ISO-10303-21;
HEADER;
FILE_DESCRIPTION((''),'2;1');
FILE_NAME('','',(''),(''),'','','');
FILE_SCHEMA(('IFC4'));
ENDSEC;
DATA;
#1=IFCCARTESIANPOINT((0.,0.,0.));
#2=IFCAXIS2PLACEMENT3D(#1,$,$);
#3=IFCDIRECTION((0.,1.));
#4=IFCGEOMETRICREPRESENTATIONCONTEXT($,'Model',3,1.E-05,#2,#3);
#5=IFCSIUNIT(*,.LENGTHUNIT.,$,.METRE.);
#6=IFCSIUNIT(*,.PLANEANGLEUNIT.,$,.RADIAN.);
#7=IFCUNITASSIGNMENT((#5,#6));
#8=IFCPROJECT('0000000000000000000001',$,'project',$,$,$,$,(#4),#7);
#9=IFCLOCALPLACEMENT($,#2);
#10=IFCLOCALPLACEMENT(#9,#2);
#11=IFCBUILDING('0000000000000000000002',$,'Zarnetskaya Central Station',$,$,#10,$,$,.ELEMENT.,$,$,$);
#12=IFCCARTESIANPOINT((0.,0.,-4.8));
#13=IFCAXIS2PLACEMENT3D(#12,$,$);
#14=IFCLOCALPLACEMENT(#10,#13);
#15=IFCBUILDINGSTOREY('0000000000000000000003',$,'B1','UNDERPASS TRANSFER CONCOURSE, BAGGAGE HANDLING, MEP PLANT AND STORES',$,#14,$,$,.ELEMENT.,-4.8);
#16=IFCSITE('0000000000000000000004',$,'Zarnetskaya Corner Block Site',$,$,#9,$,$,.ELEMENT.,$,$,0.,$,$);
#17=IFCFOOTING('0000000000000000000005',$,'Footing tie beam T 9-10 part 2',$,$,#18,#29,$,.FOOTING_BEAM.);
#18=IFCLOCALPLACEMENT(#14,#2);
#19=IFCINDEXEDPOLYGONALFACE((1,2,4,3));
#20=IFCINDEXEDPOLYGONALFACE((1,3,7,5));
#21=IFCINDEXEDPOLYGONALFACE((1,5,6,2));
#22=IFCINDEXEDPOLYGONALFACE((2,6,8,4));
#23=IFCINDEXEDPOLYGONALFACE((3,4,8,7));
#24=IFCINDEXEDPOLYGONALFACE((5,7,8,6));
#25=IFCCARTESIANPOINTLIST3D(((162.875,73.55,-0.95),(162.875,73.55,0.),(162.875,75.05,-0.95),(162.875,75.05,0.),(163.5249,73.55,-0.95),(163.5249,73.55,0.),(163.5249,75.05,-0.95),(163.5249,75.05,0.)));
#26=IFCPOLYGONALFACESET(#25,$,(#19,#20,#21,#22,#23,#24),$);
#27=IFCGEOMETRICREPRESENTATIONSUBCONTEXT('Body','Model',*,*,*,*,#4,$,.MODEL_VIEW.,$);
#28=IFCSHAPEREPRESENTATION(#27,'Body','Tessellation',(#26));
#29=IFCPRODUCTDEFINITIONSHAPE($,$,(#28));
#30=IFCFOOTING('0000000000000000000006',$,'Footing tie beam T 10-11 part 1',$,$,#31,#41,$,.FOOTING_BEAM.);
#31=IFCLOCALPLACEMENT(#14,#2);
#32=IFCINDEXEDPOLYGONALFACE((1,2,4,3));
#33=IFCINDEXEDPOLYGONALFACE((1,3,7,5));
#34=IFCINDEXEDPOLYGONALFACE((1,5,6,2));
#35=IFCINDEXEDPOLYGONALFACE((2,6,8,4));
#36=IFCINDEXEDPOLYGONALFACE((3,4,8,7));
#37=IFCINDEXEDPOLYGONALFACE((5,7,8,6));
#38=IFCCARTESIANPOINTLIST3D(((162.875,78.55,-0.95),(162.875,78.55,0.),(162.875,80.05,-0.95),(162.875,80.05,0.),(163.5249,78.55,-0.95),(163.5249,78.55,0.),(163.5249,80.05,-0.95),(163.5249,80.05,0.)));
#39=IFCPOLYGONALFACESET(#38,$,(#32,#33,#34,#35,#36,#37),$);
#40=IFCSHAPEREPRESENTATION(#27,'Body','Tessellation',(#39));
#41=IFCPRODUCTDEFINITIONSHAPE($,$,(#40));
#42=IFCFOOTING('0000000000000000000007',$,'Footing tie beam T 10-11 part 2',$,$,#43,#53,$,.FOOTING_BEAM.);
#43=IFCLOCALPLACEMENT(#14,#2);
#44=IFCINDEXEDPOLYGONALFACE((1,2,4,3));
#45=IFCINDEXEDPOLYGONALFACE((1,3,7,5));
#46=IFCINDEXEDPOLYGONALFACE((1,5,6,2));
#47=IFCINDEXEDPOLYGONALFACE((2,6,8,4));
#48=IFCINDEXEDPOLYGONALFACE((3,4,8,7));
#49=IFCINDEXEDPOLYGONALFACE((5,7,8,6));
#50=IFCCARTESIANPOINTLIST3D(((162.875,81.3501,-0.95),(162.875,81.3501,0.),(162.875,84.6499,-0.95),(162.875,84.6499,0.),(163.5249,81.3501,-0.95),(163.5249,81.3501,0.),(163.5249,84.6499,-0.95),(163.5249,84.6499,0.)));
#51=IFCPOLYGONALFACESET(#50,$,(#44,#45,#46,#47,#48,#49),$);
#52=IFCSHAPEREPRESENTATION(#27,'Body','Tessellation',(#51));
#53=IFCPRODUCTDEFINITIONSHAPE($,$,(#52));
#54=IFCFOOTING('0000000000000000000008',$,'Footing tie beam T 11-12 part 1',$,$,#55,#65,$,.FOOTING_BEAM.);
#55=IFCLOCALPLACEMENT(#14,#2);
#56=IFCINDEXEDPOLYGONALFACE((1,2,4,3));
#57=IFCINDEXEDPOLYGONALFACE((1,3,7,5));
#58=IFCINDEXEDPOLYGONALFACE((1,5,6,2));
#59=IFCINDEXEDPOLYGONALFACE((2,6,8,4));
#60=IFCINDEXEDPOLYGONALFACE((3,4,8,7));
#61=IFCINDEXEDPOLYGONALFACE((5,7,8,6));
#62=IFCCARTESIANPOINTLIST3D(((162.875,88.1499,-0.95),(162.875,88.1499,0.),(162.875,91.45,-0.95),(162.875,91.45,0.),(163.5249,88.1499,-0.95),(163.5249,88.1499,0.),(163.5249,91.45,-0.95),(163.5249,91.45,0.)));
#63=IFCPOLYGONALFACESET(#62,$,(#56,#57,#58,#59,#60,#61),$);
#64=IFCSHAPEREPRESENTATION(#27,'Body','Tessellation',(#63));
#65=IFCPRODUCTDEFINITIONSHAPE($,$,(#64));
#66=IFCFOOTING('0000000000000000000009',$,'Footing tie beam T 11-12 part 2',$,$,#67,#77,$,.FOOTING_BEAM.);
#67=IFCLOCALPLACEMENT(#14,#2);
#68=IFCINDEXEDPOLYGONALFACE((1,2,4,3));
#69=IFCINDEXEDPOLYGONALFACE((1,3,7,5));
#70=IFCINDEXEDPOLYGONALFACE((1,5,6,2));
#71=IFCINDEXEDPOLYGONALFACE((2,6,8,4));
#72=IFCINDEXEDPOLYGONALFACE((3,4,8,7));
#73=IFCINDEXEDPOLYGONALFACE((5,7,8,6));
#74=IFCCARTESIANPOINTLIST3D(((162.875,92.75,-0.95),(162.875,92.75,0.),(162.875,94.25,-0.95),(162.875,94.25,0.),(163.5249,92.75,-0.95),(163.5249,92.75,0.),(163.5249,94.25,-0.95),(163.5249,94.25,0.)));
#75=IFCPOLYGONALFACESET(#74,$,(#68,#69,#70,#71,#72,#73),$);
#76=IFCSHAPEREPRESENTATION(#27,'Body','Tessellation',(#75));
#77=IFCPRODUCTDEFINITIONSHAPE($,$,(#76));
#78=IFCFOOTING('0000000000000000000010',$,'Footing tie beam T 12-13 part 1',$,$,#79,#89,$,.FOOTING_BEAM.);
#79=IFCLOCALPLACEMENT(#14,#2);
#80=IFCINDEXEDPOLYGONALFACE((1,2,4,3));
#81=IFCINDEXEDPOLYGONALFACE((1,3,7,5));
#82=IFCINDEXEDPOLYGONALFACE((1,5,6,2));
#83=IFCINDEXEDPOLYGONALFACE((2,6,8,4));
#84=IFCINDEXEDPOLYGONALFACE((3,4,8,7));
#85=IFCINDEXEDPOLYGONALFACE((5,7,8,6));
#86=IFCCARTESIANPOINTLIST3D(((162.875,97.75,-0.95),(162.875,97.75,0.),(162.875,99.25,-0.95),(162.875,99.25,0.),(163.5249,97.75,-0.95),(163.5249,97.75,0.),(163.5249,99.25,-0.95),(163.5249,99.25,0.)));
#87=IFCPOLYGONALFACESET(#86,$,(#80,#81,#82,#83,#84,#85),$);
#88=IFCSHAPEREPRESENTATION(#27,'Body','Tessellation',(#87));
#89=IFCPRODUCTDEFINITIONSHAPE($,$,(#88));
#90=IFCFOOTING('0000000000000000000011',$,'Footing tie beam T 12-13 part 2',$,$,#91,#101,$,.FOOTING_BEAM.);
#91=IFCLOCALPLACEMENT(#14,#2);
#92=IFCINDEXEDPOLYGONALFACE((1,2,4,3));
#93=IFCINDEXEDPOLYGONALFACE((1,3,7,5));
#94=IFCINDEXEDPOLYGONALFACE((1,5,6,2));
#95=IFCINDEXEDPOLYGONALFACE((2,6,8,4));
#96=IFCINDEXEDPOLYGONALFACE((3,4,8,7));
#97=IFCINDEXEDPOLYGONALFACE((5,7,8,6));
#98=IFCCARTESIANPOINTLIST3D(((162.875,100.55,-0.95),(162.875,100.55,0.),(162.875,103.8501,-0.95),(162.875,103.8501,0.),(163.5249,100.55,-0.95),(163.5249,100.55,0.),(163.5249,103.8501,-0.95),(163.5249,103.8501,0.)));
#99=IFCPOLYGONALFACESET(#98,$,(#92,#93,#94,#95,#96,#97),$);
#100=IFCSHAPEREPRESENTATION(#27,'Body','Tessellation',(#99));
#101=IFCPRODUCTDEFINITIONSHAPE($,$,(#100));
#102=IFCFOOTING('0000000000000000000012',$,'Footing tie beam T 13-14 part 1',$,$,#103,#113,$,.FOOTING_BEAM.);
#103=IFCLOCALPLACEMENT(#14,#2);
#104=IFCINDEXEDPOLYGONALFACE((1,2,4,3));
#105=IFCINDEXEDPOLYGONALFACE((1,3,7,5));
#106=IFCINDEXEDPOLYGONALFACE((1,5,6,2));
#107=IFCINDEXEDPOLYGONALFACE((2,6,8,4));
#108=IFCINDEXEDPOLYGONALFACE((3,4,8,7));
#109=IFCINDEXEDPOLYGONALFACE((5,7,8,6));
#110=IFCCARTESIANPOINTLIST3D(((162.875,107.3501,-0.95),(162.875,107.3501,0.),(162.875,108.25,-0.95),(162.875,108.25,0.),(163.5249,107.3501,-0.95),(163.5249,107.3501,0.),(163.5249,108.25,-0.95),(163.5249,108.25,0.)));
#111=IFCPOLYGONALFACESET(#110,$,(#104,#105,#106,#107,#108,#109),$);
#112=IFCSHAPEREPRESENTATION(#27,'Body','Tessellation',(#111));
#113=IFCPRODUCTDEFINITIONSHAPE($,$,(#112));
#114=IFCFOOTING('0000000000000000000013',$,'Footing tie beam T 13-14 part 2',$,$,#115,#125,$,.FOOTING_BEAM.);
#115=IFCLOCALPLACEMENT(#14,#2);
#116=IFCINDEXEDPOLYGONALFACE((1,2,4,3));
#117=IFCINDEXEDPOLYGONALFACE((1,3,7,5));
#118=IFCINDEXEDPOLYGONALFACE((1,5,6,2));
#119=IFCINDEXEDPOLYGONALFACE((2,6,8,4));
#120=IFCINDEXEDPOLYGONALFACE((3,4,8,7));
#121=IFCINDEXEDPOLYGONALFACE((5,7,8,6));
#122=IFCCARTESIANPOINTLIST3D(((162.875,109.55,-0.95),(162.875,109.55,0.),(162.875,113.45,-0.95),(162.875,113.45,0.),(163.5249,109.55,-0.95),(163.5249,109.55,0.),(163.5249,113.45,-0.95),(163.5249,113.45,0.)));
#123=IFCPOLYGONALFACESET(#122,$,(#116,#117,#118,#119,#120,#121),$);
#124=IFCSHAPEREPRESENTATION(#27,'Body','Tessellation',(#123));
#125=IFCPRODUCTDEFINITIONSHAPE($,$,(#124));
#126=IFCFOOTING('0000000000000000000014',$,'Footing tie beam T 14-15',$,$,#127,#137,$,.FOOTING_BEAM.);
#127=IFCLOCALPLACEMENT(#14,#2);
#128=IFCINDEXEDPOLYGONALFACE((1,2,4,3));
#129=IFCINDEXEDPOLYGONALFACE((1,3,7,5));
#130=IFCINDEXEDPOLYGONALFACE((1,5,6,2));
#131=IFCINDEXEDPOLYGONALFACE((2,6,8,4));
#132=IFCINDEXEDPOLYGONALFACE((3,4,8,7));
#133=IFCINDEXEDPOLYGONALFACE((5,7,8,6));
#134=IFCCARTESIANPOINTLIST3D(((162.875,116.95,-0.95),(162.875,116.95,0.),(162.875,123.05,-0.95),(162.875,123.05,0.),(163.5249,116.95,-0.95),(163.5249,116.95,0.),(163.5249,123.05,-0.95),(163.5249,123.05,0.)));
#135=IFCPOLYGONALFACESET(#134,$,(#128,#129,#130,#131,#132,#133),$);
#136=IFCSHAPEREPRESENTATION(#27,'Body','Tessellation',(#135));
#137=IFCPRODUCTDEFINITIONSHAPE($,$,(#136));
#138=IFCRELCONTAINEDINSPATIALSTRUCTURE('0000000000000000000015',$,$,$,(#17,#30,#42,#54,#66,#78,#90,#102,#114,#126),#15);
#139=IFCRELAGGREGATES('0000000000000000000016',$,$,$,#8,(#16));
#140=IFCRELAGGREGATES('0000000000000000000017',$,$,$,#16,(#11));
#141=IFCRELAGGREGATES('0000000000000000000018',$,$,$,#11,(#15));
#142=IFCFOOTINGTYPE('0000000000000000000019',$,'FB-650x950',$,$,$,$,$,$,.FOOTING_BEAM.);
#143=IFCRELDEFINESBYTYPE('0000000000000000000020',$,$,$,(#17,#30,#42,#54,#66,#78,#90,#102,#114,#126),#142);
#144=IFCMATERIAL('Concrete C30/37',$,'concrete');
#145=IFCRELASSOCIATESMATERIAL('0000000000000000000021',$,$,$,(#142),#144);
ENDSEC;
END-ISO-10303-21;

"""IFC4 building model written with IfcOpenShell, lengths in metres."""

from ifc_helpers import new_model, si_unit, direction, frame, origin, place, context, subcontext, project, spatial, polyline, outline, extrude, material, type_object, element, save


model = new_model("IFC4")

# Units and contexts
model_context = context("Model", 3, precision=1e-05, world=origin(), true_north=direction((0.0, 1.0)))
body_context = subcontext(model_context, "Body", "Model", "MODEL_VIEW")
ifc_project = project(units=[si_unit("LENGTHUNIT", "METRE"), si_unit("PLANEANGLEUNIT", "RADIAN")], contexts=[model_context])

# Site, building, storey
site_placement = place(None, origin())
site = spatial("IfcSite", under=ifc_project, at=site_placement, Name="Zarnetskaya Corner Block Site", CompositionType="ELEMENT", RefElevation=0.0)
building_placement = place(site_placement, origin())
building = spatial("IfcBuilding", under=site, at=building_placement, Name="Zarnetskaya Central Station", CompositionType="ELEMENT")
storey_placement = place(building_placement, frame((0.0, 0.0, -4.8)))
storey = spatial("IfcBuildingStorey", under=building, at=storey_placement, Name="B1", Description="UNDERPASS TRANSFER CONCOURSE, BAGGAGE HANDLING, MEP PLANT AND STORES", CompositionType="ELEMENT", Elevation=-4.8)

# Footings
ifc_material = material(Name="Concrete C30/37", Category="concrete")
footing_type_1 = type_object("IfcFootingType", Name="FB-650x950", PredefinedType="FOOTING_BEAM", material=ifc_material)
footing_1_placement = place(storey_placement, frame((0.0, 0.0, -0.95)))
element("IfcFooting", 1, at=footing_1_placement, inside=storey, type_object=footing_type_1, Name="Footing tie beam T 9-10 part 2", PredefinedType="FOOTING_BEAM", context=body_context, shape_type="SweptSolid", body=[
    extrude(outline(polyline([(162.875, 73.55), (163.5249, 73.55), (163.5249, 75.05), (162.875, 75.05), (162.875, 73.55)])), origin(), (0.0, 0.0, 1.0), 0.95),
])
footing_2_placement = place(storey_placement, frame((0.0, 0.0, -0.95)))
element("IfcFooting", 2, at=footing_2_placement, inside=storey, type_object=footing_type_1, Name="Footing tie beam T 10-11 part 1", PredefinedType="FOOTING_BEAM", context=body_context, shape_type="SweptSolid", body=[
    extrude(outline(polyline([(162.875, 78.55), (163.5249, 78.55), (163.5249, 80.05), (162.875, 80.05), (162.875, 78.55)])), origin(), (0.0, 0.0, 1.0), 0.95),
])
footing_3_placement = place(storey_placement, frame((0.0, 0.0, -0.95)))
element("IfcFooting", 3, at=footing_3_placement, inside=storey, type_object=footing_type_1, Name="Footing tie beam T 10-11 part 2", PredefinedType="FOOTING_BEAM", context=body_context, shape_type="SweptSolid", body=[
    extrude(outline(polyline([(162.875, 81.3501), (163.5249, 81.3501), (163.5249, 84.6499), (162.875, 84.6499), (162.875, 81.3501)])), origin(), (0.0, 0.0, 1.0), 0.95),
])
footing_4_placement = place(storey_placement, frame((0.0, 0.0, -0.95)))
element("IfcFooting", 4, at=footing_4_placement, inside=storey, type_object=footing_type_1, Name="Footing tie beam T 11-12 part 1", PredefinedType="FOOTING_BEAM", context=body_context, shape_type="SweptSolid", body=[
    extrude(outline(polyline([(162.875, 88.1499), (163.5249, 88.1499), (163.5249, 91.45), (162.875, 91.45), (162.875, 88.1499)])), origin(), (0.0, 0.0, 1.0), 0.95),
])
footing_5_placement = place(storey_placement, frame((0.0, 0.0, -0.95)))
element("IfcFooting", 5, at=footing_5_placement, inside=storey, type_object=footing_type_1, Name="Footing tie beam T 11-12 part 2", PredefinedType="FOOTING_BEAM", context=body_context, shape_type="SweptSolid", body=[
    extrude(outline(polyline([(162.875, 92.75), (163.5249, 92.75), (163.5249, 94.25), (162.875, 94.25), (162.875, 92.75)])), origin(), (0.0, 0.0, 1.0), 0.95),
])
footing_6_placement = place(storey_placement, frame((0.0, 0.0, -0.95)))
element("IfcFooting", 6, at=footing_6_placement, inside=storey, type_object=footing_type_1, Name="Footing tie beam T 12-13 part 1", PredefinedType="FOOTING_BEAM", context=body_context, shape_type="SweptSolid", body=[
    extrude(outline(polyline([(162.875, 97.75), (163.5249, 97.75), (163.5249, 99.25), (162.875, 99.25), (162.875, 97.75)])), origin(), (0.0, 0.0, 1.0), 0.95),
])
footing_7_placement = place(storey_placement, frame((0.0, 0.0, -0.95)))
element("IfcFooting", 7, at=footing_7_placement, inside=storey, type_object=footing_type_1, Name="Footing tie beam T 12-13 part 2", PredefinedType="FOOTING_BEAM", context=body_context, shape_type="SweptSolid", body=[
    extrude(outline(polyline([(162.875, 100.55), (163.5249, 100.55), (163.5249, 103.8501), (162.875, 103.8501), (162.875, 100.55)])), origin(), (0.0, 0.0, 1.0), 0.95),
])
footing_8_placement = place(storey_placement, frame((0.0, 0.0, -0.95)))
element("IfcFooting", 8, at=footing_8_placement, inside=storey, type_object=footing_type_1, Name="Footing tie beam T 13-14 part 1", PredefinedType="FOOTING_BEAM", context=body_context, shape_type="SweptSolid", body=[
    extrude(outline(polyline([(162.875, 107.3501), (163.5249, 107.3501), (163.5249, 108.25), (162.875, 108.25), (162.875, 107.3501)])), origin(), (0.0, 0.0, 1.0), 0.95),
])
footing_9_placement = place(storey_placement, frame((0.0, 0.0, -0.95)))
element("IfcFooting", 9, at=footing_9_placement, inside=storey, type_object=footing_type_1, Name="Footing tie beam T 13-14 part 2", PredefinedType="FOOTING_BEAM", context=body_context, shape_type="SweptSolid", body=[
    extrude(outline(polyline([(162.875, 109.55), (163.5249, 109.55), (163.5249, 113.45), (162.875, 113.45), (162.875, 109.55)])), origin(), (0.0, 0.0, 1.0), 0.95),
])
footing_10_placement = place(storey_placement, frame((0.0, 0.0, -0.95)))
element("IfcFooting", 10, at=footing_10_placement, inside=storey, type_object=footing_type_1, Name="Footing tie beam T 14-15", PredefinedType="FOOTING_BEAM", context=body_context, shape_type="SweptSolid", body=[
    extrude(outline(polyline([(162.875, 116.95), (163.5249, 116.95), (163.5249, 123.05), (162.875, 123.05), (162.875, 116.95)])), origin(), (0.0, 0.0, 1.0), 0.95),
])

save(model, "model.ifc")
